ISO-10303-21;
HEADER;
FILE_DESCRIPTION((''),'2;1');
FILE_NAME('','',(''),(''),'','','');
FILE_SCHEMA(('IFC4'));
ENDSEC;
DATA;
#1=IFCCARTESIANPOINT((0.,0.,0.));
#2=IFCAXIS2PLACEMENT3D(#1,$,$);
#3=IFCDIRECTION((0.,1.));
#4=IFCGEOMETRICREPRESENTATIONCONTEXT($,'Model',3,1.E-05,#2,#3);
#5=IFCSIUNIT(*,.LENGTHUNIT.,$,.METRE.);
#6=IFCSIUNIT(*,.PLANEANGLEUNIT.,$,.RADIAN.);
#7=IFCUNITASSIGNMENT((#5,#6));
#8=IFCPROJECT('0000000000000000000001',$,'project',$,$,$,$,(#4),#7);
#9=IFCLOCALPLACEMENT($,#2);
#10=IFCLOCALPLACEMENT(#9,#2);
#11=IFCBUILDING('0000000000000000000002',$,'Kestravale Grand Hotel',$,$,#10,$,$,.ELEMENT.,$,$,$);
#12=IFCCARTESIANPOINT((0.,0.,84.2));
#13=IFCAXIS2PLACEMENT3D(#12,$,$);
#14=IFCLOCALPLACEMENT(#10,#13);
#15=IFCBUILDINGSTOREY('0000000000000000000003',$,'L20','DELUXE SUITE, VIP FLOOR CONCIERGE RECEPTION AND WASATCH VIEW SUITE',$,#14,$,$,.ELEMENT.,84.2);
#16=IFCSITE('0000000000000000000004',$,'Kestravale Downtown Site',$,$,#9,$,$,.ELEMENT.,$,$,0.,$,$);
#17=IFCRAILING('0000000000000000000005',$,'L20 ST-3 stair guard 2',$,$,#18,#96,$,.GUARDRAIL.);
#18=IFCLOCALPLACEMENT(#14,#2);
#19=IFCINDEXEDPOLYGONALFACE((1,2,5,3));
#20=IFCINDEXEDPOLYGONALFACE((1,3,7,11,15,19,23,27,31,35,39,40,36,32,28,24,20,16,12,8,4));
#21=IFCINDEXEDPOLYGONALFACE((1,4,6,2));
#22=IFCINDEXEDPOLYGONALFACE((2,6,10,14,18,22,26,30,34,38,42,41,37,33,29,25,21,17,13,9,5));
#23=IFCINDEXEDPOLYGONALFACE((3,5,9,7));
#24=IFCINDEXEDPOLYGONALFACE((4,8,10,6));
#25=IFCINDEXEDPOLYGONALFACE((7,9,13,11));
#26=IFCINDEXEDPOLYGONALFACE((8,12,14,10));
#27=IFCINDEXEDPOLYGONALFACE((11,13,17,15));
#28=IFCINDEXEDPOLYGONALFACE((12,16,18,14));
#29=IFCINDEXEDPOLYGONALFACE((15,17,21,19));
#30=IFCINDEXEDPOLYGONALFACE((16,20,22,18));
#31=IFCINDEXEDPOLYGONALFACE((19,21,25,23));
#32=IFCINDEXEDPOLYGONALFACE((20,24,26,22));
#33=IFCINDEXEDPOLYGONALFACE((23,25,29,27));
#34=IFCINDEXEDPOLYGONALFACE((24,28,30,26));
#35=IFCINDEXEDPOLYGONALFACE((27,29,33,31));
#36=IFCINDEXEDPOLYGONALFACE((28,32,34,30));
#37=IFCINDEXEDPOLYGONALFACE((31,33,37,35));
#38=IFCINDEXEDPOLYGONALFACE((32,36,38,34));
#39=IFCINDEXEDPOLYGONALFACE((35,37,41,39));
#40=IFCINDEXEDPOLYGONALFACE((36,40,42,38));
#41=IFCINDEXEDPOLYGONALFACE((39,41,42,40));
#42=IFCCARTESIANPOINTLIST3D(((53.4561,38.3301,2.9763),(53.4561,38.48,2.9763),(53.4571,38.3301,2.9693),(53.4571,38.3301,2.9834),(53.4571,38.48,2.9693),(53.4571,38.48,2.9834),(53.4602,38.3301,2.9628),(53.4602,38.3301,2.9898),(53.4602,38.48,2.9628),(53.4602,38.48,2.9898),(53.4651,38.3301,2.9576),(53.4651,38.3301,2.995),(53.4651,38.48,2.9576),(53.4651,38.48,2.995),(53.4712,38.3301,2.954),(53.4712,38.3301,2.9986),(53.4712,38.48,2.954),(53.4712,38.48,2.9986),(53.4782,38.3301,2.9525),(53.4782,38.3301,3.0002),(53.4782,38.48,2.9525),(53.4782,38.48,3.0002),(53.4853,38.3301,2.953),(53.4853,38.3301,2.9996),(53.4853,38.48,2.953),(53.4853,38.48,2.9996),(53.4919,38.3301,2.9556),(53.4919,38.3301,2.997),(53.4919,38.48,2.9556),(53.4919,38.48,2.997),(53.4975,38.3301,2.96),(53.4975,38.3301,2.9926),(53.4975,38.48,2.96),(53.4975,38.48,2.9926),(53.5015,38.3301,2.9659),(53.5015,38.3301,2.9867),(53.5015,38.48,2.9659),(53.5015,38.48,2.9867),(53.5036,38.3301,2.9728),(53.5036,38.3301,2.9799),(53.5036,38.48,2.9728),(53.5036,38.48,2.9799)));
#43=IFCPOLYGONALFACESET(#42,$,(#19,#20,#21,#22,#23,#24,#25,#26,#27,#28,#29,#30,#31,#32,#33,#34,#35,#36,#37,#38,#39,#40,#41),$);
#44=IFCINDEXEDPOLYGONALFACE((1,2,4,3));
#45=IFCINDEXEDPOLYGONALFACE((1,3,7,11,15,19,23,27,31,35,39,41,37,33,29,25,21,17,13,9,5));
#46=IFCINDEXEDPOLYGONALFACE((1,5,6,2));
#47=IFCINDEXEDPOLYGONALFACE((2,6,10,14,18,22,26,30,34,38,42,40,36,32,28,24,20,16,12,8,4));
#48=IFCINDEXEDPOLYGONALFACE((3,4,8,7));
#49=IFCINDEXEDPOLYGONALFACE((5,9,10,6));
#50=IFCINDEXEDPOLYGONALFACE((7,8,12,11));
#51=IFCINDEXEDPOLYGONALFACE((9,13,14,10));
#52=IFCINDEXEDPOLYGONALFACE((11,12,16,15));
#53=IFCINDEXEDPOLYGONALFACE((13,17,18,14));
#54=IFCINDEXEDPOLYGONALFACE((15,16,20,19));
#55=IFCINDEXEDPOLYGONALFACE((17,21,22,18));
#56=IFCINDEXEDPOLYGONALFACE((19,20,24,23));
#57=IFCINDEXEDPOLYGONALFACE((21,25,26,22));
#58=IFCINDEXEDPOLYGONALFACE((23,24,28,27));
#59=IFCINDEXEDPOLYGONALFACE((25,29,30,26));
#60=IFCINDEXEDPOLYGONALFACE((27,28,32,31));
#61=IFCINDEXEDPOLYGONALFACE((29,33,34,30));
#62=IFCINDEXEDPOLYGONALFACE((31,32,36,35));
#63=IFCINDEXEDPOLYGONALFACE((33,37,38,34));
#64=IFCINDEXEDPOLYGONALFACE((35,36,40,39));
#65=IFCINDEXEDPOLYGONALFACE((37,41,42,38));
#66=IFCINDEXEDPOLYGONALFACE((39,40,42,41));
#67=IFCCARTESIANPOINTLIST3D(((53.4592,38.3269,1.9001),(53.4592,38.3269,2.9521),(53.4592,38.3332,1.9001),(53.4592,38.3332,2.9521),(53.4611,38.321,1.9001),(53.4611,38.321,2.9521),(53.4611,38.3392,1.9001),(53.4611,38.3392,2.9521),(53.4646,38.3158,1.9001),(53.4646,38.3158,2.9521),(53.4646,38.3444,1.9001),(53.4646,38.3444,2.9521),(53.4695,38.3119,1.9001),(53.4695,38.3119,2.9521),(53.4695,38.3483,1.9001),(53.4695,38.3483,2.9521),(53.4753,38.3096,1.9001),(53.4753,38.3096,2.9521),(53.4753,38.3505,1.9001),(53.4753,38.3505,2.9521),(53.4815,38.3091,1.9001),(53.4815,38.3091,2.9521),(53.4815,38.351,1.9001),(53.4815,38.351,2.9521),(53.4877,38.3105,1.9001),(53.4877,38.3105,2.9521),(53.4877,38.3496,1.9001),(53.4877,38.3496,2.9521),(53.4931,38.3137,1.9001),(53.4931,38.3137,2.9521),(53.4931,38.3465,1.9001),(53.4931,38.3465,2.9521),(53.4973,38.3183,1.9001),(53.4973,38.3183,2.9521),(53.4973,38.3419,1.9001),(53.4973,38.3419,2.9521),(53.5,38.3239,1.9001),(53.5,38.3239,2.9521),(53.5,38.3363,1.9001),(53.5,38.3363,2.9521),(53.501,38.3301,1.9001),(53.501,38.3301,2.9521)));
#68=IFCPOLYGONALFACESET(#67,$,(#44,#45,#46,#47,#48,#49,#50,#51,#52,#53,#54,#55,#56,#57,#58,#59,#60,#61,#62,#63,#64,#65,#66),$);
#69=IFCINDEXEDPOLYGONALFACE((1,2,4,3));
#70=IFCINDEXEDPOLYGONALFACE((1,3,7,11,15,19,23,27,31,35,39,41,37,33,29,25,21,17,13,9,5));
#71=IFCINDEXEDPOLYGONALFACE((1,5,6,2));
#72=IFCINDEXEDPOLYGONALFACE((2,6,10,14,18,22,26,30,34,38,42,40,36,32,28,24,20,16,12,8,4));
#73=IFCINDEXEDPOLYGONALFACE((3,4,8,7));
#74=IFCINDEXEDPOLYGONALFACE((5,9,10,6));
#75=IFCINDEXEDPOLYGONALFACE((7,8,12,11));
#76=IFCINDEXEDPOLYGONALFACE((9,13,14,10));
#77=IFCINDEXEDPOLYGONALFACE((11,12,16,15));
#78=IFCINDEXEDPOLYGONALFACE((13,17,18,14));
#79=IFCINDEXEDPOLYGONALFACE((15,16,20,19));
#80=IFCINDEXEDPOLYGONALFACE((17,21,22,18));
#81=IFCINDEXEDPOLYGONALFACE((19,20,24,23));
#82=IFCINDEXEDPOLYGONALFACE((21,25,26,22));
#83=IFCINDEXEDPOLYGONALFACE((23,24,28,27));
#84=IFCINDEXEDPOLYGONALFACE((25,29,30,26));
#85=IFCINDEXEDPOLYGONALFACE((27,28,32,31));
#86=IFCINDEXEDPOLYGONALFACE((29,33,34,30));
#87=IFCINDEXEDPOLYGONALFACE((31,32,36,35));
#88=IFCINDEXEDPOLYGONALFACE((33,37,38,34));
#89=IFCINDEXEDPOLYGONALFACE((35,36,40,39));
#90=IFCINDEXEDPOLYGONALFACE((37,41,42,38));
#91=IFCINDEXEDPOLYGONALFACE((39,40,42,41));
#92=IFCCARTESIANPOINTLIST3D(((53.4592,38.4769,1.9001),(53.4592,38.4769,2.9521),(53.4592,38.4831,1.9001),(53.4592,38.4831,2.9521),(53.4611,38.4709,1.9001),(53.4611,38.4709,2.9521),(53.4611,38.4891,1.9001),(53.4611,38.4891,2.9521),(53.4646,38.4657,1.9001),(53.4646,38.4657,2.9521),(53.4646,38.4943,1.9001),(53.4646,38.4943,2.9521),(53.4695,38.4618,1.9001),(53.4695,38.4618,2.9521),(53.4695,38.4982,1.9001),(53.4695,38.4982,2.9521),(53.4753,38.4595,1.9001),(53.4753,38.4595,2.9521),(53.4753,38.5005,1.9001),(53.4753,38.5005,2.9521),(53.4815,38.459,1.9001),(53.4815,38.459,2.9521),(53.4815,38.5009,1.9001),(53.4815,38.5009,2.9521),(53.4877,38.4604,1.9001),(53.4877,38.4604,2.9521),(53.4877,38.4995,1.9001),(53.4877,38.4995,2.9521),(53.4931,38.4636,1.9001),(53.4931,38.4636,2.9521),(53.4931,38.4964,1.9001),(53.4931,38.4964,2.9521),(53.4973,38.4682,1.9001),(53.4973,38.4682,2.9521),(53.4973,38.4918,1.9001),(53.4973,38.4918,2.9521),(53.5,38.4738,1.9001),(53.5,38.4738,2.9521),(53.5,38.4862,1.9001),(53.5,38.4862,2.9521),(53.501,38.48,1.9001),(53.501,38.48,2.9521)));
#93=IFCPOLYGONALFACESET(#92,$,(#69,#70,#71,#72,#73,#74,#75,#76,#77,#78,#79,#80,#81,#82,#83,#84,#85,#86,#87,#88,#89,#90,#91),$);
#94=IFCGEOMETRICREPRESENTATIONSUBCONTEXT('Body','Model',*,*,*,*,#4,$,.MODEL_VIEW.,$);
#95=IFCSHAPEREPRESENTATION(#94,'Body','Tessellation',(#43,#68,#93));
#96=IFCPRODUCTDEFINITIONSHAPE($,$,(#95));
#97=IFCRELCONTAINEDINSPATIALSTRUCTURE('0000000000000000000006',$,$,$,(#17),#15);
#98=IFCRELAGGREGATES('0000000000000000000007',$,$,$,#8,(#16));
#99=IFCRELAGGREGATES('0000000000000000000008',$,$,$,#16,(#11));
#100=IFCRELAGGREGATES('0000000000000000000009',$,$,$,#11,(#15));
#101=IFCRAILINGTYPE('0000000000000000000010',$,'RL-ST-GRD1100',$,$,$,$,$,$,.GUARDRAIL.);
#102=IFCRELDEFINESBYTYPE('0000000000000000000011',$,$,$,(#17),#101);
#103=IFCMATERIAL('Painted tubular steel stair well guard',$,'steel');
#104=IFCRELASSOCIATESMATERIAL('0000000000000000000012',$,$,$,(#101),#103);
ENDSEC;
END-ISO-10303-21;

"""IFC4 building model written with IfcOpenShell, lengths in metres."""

from ifc_helpers import new_model, si_unit, direction, frame, origin, origin_2d, place, context, subcontext, project, spatial, circle, extrude, material, type_object, element, save


model = new_model("IFC4")

# Units and contexts
model_context = context("Model", 3, precision=1e-05, world=origin(), true_north=direction((0.0, 1.0)))
body_context = subcontext(model_context, "Body", "Model", "MODEL_VIEW")
ifc_project = project(units=[si_unit("LENGTHUNIT", "METRE"), si_unit("PLANEANGLEUNIT", "RADIAN")], contexts=[model_context])

# Site, building, storey
site_placement = place(None, origin())
site = spatial("IfcSite", under=ifc_project, at=site_placement, Name="Kestravale Downtown Site", CompositionType="ELEMENT", RefElevation=0.0)
building_placement = place(site_placement, origin())
building = spatial("IfcBuilding", under=site, at=building_placement, Name="Kestravale Grand Hotel", CompositionType="ELEMENT")
storey_placement = place(building_placement, frame((0.0, 0.0, 84.2)))
storey = spatial("IfcBuildingStorey", under=building, at=storey_placement, Name="L20", Description="DELUXE SUITE, VIP FLOOR CONCIERGE RECEPTION AND WASATCH VIEW SUITE", CompositionType="ELEMENT", Elevation=84.2)

# Railing
ifc_material_1 = material(Name="Painted tubular steel stair well guard", Category="steel")
railing_type_1 = type_object("IfcRailingType", Name="RL-ST-GRD1100", PredefinedType="GUARDRAIL", material=ifc_material_1)
railing_1_placement = place(storey_placement, frame((53.48, 38.3301, 1.9001)))
element("IfcRailing", 1, at=railing_1_placement, inside=storey, type_object=railing_type_1, Name="L20 ST-3 stair guard 2", PredefinedType="GUARDRAIL", context=body_context, shape_type="SweptSolid", body=[
    extrude(circle(Radius=0.0239, at=origin_2d()), frame((0.0, 0.0, 1.0762), z_axis=(0.0, 1.0, 0.0), x_axis=(-1.0, 0.0, 0.0)), (0.0, 0.0, 1.0), 0.1499),
    extrude(circle(Radius=0.021, at=origin_2d()), origin(), (0.0, 0.0, 1.0), 1.052),
    extrude(circle(Radius=0.021, at=origin_2d()), frame((0.0, 0.1499, 0.0)), (0.0, 0.0, 1.0), 1.052),
])

save(model, "model.ifc")
